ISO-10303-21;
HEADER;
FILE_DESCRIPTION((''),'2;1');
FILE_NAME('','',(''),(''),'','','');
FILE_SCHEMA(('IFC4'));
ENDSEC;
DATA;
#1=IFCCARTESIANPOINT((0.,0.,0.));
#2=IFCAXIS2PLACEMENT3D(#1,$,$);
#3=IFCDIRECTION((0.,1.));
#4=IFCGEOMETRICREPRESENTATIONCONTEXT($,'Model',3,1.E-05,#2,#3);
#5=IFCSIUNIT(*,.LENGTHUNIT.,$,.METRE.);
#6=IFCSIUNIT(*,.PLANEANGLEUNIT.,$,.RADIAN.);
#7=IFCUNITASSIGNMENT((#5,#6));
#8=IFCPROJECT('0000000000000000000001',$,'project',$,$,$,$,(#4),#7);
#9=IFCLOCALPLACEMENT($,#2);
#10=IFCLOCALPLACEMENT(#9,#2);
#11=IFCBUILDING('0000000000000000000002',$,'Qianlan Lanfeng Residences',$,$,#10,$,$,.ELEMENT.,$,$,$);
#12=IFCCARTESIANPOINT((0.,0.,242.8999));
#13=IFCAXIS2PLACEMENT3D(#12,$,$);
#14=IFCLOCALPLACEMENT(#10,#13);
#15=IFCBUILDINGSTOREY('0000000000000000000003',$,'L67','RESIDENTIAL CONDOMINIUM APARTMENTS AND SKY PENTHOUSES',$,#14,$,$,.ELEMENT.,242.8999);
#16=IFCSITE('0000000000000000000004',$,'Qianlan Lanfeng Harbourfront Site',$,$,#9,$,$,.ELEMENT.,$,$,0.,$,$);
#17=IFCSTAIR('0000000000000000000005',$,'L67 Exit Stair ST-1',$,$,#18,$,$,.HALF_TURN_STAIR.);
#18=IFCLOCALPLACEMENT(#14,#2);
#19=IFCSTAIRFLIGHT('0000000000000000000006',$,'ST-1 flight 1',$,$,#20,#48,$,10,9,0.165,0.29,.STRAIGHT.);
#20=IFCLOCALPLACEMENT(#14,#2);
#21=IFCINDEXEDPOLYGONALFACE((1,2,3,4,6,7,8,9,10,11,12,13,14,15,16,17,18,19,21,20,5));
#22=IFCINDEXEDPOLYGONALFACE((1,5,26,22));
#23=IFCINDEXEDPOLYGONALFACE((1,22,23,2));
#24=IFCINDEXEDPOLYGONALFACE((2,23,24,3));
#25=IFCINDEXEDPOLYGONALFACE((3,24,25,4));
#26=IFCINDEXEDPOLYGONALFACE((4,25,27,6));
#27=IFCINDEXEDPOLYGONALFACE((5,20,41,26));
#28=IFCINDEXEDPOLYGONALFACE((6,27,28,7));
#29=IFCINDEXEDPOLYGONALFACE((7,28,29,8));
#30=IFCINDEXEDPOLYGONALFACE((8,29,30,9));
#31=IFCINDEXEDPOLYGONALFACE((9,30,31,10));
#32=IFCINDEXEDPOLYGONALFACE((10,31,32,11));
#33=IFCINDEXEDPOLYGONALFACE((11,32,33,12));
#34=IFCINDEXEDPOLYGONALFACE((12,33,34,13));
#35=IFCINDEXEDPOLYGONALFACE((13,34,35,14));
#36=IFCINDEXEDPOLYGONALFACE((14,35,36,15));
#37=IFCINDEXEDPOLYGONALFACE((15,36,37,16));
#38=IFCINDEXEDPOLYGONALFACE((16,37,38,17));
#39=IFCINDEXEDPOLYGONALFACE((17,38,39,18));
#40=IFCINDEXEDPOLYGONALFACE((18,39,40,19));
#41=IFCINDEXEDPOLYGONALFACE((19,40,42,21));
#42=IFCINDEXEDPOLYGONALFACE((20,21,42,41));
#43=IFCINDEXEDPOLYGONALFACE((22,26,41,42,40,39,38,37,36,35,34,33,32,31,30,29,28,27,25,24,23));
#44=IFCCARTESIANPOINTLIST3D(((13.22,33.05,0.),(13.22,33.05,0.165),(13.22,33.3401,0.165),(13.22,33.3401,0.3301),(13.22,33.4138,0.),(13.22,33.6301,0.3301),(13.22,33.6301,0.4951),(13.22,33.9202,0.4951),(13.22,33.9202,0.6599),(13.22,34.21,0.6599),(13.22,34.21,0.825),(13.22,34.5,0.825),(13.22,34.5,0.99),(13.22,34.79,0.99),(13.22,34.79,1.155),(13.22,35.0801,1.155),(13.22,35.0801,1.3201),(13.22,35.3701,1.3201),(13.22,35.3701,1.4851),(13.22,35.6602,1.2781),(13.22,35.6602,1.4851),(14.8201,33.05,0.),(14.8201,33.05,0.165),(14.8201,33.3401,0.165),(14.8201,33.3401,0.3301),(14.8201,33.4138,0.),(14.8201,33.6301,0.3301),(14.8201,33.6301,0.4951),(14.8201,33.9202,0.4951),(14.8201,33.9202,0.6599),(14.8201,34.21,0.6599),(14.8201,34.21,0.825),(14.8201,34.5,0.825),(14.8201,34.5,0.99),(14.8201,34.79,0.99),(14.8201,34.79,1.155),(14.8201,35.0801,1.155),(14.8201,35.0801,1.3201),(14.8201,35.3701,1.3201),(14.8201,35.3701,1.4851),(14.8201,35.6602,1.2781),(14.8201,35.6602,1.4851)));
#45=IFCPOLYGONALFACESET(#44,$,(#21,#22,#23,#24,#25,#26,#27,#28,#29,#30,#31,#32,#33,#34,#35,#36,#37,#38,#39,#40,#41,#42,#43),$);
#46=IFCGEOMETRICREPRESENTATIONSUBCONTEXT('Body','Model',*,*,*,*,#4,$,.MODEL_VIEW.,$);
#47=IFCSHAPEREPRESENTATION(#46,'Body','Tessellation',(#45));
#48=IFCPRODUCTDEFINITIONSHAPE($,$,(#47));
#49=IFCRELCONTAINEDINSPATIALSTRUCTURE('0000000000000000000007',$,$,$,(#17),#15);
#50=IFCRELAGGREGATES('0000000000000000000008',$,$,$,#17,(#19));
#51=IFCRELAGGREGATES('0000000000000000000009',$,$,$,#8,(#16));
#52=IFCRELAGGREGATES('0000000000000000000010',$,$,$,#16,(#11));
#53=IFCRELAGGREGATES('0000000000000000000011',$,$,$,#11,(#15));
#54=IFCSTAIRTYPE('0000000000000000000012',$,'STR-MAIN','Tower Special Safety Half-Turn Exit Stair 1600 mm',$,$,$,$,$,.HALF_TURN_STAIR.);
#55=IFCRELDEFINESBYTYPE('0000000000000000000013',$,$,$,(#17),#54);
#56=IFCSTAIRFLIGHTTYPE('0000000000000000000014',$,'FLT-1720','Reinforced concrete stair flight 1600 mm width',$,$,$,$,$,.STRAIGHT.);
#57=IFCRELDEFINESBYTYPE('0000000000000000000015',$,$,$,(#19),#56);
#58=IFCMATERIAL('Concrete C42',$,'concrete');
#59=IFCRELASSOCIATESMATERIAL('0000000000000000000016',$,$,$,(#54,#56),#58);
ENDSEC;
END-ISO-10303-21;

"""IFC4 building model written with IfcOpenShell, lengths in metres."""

from ifc_helpers import new_model, si_unit, direction, frame, origin, place, context, subcontext, project, spatial, polyline, outline, extrude, material, type_object, element, aggregate, save


model = new_model("IFC4")

# Units and contexts
model_context = context("Model", 3, precision=1e-05, world=origin(), true_north=direction((0.0, 1.0)))
body_context = subcontext(model_context, "Body", "Model", "MODEL_VIEW")
ifc_project = project(units=[si_unit("LENGTHUNIT", "METRE"), si_unit("PLANEANGLEUNIT", "RADIAN")], contexts=[model_context])

# Site, building, storey
site_placement = place(None, origin())
site = spatial("IfcSite", under=ifc_project, at=site_placement, Name="Qianlan Lanfeng Harbourfront Site", CompositionType="ELEMENT", RefElevation=0.0)
building_placement = place(site_placement, origin())
building = spatial("IfcBuilding", under=site, at=building_placement, Name="Qianlan Lanfeng Residences", CompositionType="ELEMENT")
storey_placement = place(building_placement, frame((0.0, 0.0, 242.8999)))
storey = spatial("IfcBuildingStorey", under=building, at=storey_placement, Name="L67", Description="RESIDENTIAL CONDOMINIUM APARTMENTS AND SKY PENTHOUSES", CompositionType="ELEMENT", Elevation=242.8999)

# Stair, stair flight
ifc_material_1 = material(Name="Concrete C42", Category="concrete")
stair_type = type_object("IfcStairType", Name="STR-MAIN", Description="Tower Special Safety Half-Turn Exit Stair 1600 mm", PredefinedType="HALF_TURN_STAIR", material=ifc_material_1)
stair_placement = place(storey_placement, origin())
stair = element("IfcStair", 1, at=stair_placement, inside=storey, type_object=stair_type, Name="L67 Exit Stair ST-1", PredefinedType="HALF_TURN_STAIR")
stair_flight_type = type_object("IfcStairFlightType", Name="FLT-1720", Description="Reinforced concrete stair flight 1600 mm width", PredefinedType="STRAIGHT", material=ifc_material_1)
stair_flight_placement = place(storey_placement, frame((14.02, 33.05, 0.0), z_axis=(0.0, 0.0, 1.0), x_axis=(0.0, 1.0, 0.0)))
stair_flight = element("IfcStairFlight", 2, at=stair_flight_placement, type_object=stair_flight_type, Name="ST-1 flight 1", NumberOfRisers=10, NumberOfTreads=9, PredefinedType="STRAIGHT", RiserHeight=0.165, TreadLength=0.29, context=body_context, shape_type="SweptSolid", body=[
    extrude(outline(polyline([(0.0, 0.0), (0.0, 0.165), (0.29, 0.165), (0.29, 0.3301), (0.5801, 0.3301), (0.5801, 0.4951), (0.8701, 0.4951), (0.8701, 0.6599), (1.1599, 0.6599), (1.1599, 0.825), (1.45, 0.825), (1.45, 0.99), (1.74, 0.99), (1.74, 1.155), (2.03, 1.155), (2.03, 1.3201), (2.3201, 1.3201), (2.3201, 1.4851), (2.6101, 1.4851), (2.6101, 1.6499), (2.6101, 1.2781), (0.3638, 0.0), (0.0, 0.0)])), frame((0.0, 0.8, 0.0), z_axis=(0.0, -1.0, 0.0), x_axis=(1.0, 0.0, 0.0)), (0.0, 0.0, 1.0), 1.6001),
])
aggregate(stair, [stair_flight])

save(model, "model.ifc")
